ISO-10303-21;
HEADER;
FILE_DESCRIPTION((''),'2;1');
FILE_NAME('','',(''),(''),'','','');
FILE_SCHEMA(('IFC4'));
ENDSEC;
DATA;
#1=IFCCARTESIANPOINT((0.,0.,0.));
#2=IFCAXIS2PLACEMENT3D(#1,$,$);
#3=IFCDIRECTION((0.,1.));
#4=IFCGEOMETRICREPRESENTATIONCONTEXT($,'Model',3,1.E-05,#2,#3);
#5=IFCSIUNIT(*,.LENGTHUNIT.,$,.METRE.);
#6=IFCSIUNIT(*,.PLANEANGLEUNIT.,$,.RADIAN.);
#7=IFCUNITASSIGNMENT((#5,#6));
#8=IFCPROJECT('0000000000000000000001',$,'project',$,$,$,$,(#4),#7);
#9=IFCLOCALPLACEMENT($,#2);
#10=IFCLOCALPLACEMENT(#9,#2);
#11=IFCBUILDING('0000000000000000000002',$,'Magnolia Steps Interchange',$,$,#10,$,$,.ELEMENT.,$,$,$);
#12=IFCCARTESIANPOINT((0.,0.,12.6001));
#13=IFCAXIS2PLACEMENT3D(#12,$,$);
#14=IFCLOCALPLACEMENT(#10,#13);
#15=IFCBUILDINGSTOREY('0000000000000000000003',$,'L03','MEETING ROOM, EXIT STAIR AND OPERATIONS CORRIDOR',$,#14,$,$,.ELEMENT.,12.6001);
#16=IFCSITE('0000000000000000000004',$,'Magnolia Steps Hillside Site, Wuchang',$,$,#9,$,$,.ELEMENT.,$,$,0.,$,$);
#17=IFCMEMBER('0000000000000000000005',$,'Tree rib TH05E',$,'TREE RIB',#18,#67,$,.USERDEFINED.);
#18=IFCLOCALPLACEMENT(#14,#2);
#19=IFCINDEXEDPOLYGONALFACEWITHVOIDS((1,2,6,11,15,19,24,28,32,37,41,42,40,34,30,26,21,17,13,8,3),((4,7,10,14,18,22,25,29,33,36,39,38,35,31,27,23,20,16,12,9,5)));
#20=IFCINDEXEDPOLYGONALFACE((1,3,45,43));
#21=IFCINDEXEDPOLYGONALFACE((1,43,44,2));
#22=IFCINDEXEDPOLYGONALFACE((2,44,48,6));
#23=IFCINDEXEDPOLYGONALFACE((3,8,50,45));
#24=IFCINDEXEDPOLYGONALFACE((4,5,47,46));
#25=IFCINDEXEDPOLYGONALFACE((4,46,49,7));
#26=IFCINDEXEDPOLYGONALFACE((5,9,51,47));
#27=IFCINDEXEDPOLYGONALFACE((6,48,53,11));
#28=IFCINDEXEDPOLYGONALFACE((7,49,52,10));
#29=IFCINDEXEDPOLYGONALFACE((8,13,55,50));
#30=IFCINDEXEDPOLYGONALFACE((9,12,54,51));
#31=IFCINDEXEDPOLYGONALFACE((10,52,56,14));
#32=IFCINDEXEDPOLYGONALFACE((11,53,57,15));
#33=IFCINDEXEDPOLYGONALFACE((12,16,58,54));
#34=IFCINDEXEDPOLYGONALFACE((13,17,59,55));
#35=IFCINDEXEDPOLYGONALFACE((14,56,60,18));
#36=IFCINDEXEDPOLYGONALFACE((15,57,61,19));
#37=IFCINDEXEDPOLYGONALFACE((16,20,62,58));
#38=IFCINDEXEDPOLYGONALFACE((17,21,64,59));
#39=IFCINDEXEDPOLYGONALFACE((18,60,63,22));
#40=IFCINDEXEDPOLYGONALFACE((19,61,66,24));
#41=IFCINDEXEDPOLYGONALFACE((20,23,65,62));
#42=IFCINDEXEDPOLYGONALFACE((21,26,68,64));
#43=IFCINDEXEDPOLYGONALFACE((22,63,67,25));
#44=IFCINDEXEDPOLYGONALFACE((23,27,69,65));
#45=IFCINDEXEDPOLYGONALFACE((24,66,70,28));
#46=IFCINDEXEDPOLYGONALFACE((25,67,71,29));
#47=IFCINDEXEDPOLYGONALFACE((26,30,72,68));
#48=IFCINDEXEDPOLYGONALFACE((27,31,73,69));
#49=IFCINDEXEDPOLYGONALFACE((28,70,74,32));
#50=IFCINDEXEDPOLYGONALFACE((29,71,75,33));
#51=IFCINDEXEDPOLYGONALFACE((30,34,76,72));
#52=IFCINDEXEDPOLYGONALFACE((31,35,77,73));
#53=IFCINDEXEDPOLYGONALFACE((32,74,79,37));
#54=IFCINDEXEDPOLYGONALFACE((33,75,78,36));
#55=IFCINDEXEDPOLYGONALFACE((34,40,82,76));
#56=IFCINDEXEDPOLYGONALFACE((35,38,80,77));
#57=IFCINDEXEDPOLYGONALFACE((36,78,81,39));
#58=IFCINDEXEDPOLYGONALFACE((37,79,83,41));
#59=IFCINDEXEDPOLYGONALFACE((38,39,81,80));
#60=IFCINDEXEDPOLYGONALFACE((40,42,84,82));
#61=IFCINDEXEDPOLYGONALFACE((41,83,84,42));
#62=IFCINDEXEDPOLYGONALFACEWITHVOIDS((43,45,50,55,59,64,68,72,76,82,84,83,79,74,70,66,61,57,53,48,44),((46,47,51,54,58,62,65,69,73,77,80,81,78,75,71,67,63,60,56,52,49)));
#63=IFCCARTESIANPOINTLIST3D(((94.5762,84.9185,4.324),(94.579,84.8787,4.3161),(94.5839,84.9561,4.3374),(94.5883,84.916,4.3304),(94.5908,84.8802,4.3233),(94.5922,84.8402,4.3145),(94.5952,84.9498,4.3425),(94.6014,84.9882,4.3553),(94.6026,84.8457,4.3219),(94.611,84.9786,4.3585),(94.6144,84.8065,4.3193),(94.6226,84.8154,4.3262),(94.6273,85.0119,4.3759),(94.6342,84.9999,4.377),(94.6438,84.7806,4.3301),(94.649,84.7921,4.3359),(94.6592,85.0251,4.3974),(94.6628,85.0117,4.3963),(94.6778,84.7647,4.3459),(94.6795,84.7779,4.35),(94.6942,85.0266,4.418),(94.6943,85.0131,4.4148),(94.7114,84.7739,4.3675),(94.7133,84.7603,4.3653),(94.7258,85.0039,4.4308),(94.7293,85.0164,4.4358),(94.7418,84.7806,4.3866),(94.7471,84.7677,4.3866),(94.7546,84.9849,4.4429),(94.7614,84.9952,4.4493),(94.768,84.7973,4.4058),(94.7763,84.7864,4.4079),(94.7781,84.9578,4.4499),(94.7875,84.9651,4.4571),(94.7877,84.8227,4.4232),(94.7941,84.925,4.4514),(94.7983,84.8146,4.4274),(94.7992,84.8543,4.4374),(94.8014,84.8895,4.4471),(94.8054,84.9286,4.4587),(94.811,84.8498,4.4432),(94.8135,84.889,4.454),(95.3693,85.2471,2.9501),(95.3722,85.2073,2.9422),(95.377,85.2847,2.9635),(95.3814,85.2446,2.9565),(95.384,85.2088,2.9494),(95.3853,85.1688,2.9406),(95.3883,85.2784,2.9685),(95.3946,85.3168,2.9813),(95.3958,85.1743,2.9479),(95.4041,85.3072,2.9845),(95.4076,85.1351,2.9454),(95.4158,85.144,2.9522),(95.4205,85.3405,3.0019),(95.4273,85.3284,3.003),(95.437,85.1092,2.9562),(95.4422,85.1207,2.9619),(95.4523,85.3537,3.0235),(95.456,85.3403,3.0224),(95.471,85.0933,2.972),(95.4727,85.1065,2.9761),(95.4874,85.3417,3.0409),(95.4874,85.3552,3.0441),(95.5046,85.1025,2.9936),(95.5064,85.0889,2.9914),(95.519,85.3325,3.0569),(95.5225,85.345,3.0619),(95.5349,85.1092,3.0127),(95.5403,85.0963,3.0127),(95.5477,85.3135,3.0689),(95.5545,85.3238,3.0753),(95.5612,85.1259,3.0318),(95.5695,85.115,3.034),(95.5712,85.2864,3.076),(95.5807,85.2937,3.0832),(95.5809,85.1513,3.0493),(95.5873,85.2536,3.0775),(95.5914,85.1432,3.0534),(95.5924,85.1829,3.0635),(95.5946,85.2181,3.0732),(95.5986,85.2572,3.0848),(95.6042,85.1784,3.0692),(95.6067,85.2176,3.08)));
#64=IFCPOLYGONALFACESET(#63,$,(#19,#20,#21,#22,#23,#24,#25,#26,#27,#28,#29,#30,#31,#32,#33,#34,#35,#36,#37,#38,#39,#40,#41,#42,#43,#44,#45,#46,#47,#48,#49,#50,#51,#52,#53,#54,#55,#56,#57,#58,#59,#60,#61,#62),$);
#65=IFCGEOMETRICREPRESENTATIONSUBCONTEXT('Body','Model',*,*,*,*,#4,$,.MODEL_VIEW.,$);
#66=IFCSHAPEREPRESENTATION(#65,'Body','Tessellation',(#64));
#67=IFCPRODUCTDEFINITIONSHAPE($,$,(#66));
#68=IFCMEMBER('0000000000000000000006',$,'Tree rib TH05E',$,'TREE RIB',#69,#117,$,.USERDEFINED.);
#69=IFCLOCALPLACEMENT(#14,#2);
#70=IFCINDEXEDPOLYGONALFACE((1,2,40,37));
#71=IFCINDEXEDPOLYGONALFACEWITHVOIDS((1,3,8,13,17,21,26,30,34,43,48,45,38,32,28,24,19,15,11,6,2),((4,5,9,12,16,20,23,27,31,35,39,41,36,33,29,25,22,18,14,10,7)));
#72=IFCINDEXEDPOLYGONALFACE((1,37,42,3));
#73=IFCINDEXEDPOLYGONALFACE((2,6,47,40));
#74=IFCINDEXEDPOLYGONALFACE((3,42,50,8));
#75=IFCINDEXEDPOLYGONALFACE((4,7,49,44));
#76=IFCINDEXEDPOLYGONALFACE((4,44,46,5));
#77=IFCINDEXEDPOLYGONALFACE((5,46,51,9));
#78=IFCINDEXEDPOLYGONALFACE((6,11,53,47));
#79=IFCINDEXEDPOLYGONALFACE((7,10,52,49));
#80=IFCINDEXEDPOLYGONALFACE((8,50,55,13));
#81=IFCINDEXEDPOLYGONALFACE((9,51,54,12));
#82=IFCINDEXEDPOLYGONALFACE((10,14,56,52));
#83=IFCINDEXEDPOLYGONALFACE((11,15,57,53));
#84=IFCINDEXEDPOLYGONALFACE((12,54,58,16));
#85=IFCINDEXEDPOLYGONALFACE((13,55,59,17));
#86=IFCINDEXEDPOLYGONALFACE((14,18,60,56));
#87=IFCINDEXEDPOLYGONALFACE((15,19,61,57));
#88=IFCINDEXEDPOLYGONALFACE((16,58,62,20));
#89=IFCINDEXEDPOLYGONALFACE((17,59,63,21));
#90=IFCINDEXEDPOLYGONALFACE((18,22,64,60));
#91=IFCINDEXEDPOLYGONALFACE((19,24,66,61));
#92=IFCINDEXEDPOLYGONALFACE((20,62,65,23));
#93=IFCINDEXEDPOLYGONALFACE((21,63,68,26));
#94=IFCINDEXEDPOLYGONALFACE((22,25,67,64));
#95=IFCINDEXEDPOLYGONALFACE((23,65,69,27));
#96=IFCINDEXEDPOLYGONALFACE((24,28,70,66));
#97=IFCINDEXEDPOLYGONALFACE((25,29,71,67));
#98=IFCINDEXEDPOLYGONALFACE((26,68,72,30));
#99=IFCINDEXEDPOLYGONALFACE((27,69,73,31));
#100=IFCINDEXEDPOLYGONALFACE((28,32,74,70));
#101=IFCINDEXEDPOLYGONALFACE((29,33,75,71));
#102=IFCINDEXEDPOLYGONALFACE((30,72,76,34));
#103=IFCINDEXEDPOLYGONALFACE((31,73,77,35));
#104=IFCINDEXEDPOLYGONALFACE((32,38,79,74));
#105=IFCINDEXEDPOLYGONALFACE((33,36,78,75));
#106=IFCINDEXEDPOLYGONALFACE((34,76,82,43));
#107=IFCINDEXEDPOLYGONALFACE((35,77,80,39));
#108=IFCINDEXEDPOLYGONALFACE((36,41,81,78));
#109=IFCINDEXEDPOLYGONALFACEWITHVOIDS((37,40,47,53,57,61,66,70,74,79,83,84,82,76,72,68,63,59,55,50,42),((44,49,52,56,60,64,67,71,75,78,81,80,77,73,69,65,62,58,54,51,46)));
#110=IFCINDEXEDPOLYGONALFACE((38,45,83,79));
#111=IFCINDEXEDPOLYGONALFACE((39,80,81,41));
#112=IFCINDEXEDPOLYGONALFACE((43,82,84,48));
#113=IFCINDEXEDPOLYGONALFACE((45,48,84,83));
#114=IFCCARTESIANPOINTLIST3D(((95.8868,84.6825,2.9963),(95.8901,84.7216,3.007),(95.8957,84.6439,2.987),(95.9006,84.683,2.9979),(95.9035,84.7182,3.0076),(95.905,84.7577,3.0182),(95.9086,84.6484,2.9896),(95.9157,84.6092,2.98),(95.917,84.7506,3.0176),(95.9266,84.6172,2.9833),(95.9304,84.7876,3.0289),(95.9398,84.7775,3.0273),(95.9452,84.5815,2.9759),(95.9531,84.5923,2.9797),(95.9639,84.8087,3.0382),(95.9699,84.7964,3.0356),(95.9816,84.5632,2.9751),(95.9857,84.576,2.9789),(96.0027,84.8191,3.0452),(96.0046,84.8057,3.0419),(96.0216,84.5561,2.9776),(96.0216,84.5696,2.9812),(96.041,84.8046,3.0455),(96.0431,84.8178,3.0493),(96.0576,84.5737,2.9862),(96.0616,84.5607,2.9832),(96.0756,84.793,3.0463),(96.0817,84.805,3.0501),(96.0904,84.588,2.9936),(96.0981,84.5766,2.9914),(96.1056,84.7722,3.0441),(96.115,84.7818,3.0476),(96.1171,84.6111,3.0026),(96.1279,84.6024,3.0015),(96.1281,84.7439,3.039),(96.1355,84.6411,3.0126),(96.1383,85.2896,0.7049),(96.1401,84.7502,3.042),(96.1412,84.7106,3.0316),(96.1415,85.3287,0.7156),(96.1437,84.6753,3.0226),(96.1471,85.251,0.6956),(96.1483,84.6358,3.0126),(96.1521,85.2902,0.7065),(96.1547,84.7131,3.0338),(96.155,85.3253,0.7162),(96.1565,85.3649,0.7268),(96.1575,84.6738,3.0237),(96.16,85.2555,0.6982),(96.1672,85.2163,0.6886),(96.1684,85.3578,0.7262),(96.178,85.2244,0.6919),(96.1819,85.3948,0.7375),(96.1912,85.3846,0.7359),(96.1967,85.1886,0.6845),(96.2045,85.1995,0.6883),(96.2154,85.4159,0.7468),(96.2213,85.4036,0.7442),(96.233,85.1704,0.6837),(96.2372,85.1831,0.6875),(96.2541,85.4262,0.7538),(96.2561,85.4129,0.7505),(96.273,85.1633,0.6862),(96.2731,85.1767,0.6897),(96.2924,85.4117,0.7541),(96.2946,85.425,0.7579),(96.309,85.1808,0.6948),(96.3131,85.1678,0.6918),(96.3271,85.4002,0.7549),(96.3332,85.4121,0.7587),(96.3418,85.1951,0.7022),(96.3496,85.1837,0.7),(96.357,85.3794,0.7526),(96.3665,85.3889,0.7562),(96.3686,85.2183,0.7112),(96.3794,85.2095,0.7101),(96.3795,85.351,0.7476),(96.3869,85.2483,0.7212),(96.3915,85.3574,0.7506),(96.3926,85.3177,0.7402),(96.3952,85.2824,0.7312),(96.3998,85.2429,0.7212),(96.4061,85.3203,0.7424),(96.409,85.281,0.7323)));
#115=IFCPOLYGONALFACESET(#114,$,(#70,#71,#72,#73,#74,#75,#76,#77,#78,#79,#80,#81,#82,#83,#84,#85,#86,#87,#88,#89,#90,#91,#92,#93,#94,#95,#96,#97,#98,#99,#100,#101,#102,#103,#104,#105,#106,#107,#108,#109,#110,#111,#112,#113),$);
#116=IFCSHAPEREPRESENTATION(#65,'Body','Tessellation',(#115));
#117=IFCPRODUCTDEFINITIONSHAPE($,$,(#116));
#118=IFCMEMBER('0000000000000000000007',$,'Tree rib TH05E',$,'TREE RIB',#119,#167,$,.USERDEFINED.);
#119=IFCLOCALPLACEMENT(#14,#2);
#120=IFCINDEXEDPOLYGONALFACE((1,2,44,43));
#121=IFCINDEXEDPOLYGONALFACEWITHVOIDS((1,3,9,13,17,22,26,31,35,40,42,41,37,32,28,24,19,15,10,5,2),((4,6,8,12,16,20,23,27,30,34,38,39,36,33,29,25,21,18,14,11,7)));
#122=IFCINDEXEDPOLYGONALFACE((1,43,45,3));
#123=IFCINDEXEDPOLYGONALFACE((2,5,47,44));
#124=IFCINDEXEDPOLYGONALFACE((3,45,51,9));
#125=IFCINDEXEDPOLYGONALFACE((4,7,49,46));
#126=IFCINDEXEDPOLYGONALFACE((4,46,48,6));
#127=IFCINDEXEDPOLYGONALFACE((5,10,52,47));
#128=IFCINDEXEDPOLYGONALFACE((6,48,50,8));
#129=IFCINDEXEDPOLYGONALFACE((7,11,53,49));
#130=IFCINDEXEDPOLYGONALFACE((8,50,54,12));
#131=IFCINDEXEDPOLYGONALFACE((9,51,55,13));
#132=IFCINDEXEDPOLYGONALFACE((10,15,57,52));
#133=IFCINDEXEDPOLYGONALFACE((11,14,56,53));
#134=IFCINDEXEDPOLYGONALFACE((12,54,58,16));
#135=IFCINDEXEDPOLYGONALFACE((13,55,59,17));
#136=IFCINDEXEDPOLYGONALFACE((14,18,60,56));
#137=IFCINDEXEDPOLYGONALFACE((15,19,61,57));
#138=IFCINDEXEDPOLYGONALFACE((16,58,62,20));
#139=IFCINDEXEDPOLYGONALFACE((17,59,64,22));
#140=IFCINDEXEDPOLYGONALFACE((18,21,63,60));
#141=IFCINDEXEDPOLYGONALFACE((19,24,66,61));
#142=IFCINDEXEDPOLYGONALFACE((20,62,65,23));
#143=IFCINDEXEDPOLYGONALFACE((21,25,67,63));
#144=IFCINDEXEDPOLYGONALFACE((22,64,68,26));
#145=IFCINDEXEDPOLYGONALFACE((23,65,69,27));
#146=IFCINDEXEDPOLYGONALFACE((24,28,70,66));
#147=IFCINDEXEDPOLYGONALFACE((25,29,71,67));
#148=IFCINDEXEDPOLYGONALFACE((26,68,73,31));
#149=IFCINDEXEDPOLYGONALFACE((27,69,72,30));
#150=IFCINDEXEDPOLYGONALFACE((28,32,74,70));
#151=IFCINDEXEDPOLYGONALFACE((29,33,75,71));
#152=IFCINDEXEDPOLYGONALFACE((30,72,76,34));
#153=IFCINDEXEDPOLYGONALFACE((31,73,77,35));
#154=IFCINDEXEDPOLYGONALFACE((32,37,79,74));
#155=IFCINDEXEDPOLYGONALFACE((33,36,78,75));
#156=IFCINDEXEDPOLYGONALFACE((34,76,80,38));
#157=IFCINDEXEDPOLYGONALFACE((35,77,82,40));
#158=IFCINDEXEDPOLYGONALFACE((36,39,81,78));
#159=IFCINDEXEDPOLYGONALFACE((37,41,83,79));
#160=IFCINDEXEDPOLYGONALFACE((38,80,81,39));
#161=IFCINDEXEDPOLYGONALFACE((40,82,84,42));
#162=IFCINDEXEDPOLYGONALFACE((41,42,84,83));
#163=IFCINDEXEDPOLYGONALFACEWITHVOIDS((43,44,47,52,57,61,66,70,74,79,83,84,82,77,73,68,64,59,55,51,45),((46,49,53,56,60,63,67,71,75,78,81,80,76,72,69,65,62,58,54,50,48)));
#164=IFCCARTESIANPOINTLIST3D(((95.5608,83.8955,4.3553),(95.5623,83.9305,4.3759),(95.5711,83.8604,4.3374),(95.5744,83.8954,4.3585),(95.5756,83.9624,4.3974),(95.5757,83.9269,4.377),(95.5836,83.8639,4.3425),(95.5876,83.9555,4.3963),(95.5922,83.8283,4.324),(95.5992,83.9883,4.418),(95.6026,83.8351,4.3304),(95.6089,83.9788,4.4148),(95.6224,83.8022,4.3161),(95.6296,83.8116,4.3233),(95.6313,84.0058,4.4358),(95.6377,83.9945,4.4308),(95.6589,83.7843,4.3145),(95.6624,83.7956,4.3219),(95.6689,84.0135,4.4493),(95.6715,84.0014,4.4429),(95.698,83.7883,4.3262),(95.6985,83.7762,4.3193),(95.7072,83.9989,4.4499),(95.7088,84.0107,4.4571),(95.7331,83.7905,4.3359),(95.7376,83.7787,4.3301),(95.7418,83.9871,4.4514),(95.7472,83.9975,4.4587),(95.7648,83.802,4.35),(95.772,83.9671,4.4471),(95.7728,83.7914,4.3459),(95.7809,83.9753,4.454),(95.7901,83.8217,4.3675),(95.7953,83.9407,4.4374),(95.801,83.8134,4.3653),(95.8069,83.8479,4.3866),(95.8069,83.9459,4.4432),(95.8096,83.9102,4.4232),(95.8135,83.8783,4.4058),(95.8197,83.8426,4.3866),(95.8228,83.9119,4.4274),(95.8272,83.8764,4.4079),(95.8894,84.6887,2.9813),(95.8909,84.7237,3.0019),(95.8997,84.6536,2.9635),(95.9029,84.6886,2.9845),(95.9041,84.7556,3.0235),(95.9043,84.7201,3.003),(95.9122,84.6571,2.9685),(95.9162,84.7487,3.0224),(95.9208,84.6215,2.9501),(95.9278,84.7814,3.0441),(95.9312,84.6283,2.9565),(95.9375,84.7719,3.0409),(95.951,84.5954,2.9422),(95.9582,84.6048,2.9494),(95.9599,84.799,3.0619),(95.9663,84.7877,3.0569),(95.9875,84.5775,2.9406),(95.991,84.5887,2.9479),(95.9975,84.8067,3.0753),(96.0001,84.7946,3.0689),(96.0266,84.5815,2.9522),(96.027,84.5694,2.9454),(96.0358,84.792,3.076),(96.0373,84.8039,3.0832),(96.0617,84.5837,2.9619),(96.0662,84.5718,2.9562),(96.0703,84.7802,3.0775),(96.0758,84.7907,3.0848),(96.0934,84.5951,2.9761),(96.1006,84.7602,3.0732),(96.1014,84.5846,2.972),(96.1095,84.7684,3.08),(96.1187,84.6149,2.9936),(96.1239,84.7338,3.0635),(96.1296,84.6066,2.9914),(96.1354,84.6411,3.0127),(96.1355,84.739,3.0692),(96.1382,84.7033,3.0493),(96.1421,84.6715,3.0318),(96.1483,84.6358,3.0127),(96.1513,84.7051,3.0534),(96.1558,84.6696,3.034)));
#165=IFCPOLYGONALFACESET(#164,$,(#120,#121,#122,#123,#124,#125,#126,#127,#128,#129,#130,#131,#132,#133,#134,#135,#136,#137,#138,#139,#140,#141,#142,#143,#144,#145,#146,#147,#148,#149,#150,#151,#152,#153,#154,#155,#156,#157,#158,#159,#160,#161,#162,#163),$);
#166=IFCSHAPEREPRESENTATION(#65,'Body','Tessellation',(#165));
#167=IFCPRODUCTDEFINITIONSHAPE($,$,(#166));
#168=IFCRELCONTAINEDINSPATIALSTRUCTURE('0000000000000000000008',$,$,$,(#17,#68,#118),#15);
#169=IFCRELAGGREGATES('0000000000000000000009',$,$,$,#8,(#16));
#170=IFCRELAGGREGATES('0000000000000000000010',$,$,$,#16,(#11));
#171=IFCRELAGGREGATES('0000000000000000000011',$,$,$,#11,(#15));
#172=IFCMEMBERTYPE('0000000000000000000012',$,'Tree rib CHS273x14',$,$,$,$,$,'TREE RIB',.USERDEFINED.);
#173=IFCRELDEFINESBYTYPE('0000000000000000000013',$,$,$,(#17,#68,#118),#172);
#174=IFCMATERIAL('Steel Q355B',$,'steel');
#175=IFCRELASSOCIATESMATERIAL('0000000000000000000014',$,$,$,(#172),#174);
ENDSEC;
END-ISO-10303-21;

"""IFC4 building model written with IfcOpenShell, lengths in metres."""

from ifc_helpers import new_model, si_unit, direction, frame, origin, origin_2d, place, context, subcontext, project, spatial, hollow_circle, extrude, material, material_profile, profile_set, type_object, element, save


model = new_model("IFC4")

# Units and contexts
model_context = context("Model", 3, precision=1e-05, world=origin(), true_north=direction((0.0, 1.0)))
body_context = subcontext(model_context, "Body", "Model", "MODEL_VIEW")
ifc_project = project(units=[si_unit("LENGTHUNIT", "METRE"), si_unit("PLANEANGLEUNIT", "RADIAN")], contexts=[model_context])

# Site, building, storey
site_placement = place(None, origin())
site = spatial("IfcSite", under=ifc_project, at=site_placement, Name="Magnolia Steps Hillside Site, Wuchang", CompositionType="ELEMENT", RefElevation=0.0)
building_placement = place(site_placement, origin())
building = spatial("IfcBuilding", under=site, at=building_placement, Name="Magnolia Steps Interchange", CompositionType="ELEMENT")
storey_placement = place(building_placement, frame((0.0, 0.0, 12.6001)))
storey = spatial("IfcBuildingStorey", under=building, at=storey_placement, Name="L03", Description="MEETING ROOM, EXIT STAIR AND OPERATIONS CORRIDOR", CompositionType="ELEMENT", Elevation=12.6001)

# Members
ifc_material_1 = material(Name="Steel Q355B", Category="steel")
ifc_material_profile_1 = material_profile(ifc_material_1, hollow_circle(Radius=0.1365, WallThickness=0.0139, at=origin_2d()), Name="CHS273x14")
ifc_profile_set_1 = profile_set([ifc_material_profile_1], Name="Steel Q355B")
member_type_1 = type_object("IfcMemberType", Name="Tree rib CHS273x14", ElementType="TREE RIB", PredefinedType="USERDEFINED", material=ifc_profile_set_1)
member_1_placement = place(storey_placement, frame((95.488, 85.2224, 3.0127), z_axis=(-0.489571, -0.20282, 0.848047), x_axis=(0.382737, -0.923857, 0.0)))
element("IfcMember", 1, at=member_1_placement, inside=storey, type_object=member_type_1, Name="Tree rib TH05E", ObjectType="TREE RIB", PredefinedType="USERDEFINED", context=body_context, shape_type="SweptSolid", body=[
    extrude(hollow_circle(Radius=0.1365, WallThickness=0.0139, at=origin_2d()), origin(), (0.0, 0.0, 1.0), 1.6201),
])
member_2_placement = place(storey_placement, frame((96.2737, 85.2952, 0.7212), z_axis=(-0.105485, -0.254701, 0.961249), x_axis=(0.923899, -0.382636, 0.0)))
element("IfcMember", 2, at=member_2_placement, inside=storey, type_object=member_type_1, Name="Tree rib TH05E", ObjectType="TREE RIB", PredefinedType="USERDEFINED", context=body_context, shape_type="SweptSolid", body=[
    extrude(hollow_circle(Radius=0.1365, WallThickness=0.0139, at=origin_2d()), origin(), (0.0, 0.0, 1.0), 2.3838),
])
member_3_placement = place(storey_placement, frame((96.0222, 84.688, 3.0127), z_axis=(-0.20282, -0.489571, 0.848047), x_axis=(0.923857, -0.382737, 0.0)))
element("IfcMember", 3, at=member_3_placement, inside=storey, type_object=member_type_1, Name="Tree rib TH05E", ObjectType="TREE RIB", PredefinedType="USERDEFINED", context=body_context, shape_type="SweptSolid", body=[
    extrude(hollow_circle(Radius=0.1365, WallThickness=0.0139, at=origin_2d()), origin(), (0.0, 0.0, 1.0), 1.6201),
])

save(model, "model.ifc")
